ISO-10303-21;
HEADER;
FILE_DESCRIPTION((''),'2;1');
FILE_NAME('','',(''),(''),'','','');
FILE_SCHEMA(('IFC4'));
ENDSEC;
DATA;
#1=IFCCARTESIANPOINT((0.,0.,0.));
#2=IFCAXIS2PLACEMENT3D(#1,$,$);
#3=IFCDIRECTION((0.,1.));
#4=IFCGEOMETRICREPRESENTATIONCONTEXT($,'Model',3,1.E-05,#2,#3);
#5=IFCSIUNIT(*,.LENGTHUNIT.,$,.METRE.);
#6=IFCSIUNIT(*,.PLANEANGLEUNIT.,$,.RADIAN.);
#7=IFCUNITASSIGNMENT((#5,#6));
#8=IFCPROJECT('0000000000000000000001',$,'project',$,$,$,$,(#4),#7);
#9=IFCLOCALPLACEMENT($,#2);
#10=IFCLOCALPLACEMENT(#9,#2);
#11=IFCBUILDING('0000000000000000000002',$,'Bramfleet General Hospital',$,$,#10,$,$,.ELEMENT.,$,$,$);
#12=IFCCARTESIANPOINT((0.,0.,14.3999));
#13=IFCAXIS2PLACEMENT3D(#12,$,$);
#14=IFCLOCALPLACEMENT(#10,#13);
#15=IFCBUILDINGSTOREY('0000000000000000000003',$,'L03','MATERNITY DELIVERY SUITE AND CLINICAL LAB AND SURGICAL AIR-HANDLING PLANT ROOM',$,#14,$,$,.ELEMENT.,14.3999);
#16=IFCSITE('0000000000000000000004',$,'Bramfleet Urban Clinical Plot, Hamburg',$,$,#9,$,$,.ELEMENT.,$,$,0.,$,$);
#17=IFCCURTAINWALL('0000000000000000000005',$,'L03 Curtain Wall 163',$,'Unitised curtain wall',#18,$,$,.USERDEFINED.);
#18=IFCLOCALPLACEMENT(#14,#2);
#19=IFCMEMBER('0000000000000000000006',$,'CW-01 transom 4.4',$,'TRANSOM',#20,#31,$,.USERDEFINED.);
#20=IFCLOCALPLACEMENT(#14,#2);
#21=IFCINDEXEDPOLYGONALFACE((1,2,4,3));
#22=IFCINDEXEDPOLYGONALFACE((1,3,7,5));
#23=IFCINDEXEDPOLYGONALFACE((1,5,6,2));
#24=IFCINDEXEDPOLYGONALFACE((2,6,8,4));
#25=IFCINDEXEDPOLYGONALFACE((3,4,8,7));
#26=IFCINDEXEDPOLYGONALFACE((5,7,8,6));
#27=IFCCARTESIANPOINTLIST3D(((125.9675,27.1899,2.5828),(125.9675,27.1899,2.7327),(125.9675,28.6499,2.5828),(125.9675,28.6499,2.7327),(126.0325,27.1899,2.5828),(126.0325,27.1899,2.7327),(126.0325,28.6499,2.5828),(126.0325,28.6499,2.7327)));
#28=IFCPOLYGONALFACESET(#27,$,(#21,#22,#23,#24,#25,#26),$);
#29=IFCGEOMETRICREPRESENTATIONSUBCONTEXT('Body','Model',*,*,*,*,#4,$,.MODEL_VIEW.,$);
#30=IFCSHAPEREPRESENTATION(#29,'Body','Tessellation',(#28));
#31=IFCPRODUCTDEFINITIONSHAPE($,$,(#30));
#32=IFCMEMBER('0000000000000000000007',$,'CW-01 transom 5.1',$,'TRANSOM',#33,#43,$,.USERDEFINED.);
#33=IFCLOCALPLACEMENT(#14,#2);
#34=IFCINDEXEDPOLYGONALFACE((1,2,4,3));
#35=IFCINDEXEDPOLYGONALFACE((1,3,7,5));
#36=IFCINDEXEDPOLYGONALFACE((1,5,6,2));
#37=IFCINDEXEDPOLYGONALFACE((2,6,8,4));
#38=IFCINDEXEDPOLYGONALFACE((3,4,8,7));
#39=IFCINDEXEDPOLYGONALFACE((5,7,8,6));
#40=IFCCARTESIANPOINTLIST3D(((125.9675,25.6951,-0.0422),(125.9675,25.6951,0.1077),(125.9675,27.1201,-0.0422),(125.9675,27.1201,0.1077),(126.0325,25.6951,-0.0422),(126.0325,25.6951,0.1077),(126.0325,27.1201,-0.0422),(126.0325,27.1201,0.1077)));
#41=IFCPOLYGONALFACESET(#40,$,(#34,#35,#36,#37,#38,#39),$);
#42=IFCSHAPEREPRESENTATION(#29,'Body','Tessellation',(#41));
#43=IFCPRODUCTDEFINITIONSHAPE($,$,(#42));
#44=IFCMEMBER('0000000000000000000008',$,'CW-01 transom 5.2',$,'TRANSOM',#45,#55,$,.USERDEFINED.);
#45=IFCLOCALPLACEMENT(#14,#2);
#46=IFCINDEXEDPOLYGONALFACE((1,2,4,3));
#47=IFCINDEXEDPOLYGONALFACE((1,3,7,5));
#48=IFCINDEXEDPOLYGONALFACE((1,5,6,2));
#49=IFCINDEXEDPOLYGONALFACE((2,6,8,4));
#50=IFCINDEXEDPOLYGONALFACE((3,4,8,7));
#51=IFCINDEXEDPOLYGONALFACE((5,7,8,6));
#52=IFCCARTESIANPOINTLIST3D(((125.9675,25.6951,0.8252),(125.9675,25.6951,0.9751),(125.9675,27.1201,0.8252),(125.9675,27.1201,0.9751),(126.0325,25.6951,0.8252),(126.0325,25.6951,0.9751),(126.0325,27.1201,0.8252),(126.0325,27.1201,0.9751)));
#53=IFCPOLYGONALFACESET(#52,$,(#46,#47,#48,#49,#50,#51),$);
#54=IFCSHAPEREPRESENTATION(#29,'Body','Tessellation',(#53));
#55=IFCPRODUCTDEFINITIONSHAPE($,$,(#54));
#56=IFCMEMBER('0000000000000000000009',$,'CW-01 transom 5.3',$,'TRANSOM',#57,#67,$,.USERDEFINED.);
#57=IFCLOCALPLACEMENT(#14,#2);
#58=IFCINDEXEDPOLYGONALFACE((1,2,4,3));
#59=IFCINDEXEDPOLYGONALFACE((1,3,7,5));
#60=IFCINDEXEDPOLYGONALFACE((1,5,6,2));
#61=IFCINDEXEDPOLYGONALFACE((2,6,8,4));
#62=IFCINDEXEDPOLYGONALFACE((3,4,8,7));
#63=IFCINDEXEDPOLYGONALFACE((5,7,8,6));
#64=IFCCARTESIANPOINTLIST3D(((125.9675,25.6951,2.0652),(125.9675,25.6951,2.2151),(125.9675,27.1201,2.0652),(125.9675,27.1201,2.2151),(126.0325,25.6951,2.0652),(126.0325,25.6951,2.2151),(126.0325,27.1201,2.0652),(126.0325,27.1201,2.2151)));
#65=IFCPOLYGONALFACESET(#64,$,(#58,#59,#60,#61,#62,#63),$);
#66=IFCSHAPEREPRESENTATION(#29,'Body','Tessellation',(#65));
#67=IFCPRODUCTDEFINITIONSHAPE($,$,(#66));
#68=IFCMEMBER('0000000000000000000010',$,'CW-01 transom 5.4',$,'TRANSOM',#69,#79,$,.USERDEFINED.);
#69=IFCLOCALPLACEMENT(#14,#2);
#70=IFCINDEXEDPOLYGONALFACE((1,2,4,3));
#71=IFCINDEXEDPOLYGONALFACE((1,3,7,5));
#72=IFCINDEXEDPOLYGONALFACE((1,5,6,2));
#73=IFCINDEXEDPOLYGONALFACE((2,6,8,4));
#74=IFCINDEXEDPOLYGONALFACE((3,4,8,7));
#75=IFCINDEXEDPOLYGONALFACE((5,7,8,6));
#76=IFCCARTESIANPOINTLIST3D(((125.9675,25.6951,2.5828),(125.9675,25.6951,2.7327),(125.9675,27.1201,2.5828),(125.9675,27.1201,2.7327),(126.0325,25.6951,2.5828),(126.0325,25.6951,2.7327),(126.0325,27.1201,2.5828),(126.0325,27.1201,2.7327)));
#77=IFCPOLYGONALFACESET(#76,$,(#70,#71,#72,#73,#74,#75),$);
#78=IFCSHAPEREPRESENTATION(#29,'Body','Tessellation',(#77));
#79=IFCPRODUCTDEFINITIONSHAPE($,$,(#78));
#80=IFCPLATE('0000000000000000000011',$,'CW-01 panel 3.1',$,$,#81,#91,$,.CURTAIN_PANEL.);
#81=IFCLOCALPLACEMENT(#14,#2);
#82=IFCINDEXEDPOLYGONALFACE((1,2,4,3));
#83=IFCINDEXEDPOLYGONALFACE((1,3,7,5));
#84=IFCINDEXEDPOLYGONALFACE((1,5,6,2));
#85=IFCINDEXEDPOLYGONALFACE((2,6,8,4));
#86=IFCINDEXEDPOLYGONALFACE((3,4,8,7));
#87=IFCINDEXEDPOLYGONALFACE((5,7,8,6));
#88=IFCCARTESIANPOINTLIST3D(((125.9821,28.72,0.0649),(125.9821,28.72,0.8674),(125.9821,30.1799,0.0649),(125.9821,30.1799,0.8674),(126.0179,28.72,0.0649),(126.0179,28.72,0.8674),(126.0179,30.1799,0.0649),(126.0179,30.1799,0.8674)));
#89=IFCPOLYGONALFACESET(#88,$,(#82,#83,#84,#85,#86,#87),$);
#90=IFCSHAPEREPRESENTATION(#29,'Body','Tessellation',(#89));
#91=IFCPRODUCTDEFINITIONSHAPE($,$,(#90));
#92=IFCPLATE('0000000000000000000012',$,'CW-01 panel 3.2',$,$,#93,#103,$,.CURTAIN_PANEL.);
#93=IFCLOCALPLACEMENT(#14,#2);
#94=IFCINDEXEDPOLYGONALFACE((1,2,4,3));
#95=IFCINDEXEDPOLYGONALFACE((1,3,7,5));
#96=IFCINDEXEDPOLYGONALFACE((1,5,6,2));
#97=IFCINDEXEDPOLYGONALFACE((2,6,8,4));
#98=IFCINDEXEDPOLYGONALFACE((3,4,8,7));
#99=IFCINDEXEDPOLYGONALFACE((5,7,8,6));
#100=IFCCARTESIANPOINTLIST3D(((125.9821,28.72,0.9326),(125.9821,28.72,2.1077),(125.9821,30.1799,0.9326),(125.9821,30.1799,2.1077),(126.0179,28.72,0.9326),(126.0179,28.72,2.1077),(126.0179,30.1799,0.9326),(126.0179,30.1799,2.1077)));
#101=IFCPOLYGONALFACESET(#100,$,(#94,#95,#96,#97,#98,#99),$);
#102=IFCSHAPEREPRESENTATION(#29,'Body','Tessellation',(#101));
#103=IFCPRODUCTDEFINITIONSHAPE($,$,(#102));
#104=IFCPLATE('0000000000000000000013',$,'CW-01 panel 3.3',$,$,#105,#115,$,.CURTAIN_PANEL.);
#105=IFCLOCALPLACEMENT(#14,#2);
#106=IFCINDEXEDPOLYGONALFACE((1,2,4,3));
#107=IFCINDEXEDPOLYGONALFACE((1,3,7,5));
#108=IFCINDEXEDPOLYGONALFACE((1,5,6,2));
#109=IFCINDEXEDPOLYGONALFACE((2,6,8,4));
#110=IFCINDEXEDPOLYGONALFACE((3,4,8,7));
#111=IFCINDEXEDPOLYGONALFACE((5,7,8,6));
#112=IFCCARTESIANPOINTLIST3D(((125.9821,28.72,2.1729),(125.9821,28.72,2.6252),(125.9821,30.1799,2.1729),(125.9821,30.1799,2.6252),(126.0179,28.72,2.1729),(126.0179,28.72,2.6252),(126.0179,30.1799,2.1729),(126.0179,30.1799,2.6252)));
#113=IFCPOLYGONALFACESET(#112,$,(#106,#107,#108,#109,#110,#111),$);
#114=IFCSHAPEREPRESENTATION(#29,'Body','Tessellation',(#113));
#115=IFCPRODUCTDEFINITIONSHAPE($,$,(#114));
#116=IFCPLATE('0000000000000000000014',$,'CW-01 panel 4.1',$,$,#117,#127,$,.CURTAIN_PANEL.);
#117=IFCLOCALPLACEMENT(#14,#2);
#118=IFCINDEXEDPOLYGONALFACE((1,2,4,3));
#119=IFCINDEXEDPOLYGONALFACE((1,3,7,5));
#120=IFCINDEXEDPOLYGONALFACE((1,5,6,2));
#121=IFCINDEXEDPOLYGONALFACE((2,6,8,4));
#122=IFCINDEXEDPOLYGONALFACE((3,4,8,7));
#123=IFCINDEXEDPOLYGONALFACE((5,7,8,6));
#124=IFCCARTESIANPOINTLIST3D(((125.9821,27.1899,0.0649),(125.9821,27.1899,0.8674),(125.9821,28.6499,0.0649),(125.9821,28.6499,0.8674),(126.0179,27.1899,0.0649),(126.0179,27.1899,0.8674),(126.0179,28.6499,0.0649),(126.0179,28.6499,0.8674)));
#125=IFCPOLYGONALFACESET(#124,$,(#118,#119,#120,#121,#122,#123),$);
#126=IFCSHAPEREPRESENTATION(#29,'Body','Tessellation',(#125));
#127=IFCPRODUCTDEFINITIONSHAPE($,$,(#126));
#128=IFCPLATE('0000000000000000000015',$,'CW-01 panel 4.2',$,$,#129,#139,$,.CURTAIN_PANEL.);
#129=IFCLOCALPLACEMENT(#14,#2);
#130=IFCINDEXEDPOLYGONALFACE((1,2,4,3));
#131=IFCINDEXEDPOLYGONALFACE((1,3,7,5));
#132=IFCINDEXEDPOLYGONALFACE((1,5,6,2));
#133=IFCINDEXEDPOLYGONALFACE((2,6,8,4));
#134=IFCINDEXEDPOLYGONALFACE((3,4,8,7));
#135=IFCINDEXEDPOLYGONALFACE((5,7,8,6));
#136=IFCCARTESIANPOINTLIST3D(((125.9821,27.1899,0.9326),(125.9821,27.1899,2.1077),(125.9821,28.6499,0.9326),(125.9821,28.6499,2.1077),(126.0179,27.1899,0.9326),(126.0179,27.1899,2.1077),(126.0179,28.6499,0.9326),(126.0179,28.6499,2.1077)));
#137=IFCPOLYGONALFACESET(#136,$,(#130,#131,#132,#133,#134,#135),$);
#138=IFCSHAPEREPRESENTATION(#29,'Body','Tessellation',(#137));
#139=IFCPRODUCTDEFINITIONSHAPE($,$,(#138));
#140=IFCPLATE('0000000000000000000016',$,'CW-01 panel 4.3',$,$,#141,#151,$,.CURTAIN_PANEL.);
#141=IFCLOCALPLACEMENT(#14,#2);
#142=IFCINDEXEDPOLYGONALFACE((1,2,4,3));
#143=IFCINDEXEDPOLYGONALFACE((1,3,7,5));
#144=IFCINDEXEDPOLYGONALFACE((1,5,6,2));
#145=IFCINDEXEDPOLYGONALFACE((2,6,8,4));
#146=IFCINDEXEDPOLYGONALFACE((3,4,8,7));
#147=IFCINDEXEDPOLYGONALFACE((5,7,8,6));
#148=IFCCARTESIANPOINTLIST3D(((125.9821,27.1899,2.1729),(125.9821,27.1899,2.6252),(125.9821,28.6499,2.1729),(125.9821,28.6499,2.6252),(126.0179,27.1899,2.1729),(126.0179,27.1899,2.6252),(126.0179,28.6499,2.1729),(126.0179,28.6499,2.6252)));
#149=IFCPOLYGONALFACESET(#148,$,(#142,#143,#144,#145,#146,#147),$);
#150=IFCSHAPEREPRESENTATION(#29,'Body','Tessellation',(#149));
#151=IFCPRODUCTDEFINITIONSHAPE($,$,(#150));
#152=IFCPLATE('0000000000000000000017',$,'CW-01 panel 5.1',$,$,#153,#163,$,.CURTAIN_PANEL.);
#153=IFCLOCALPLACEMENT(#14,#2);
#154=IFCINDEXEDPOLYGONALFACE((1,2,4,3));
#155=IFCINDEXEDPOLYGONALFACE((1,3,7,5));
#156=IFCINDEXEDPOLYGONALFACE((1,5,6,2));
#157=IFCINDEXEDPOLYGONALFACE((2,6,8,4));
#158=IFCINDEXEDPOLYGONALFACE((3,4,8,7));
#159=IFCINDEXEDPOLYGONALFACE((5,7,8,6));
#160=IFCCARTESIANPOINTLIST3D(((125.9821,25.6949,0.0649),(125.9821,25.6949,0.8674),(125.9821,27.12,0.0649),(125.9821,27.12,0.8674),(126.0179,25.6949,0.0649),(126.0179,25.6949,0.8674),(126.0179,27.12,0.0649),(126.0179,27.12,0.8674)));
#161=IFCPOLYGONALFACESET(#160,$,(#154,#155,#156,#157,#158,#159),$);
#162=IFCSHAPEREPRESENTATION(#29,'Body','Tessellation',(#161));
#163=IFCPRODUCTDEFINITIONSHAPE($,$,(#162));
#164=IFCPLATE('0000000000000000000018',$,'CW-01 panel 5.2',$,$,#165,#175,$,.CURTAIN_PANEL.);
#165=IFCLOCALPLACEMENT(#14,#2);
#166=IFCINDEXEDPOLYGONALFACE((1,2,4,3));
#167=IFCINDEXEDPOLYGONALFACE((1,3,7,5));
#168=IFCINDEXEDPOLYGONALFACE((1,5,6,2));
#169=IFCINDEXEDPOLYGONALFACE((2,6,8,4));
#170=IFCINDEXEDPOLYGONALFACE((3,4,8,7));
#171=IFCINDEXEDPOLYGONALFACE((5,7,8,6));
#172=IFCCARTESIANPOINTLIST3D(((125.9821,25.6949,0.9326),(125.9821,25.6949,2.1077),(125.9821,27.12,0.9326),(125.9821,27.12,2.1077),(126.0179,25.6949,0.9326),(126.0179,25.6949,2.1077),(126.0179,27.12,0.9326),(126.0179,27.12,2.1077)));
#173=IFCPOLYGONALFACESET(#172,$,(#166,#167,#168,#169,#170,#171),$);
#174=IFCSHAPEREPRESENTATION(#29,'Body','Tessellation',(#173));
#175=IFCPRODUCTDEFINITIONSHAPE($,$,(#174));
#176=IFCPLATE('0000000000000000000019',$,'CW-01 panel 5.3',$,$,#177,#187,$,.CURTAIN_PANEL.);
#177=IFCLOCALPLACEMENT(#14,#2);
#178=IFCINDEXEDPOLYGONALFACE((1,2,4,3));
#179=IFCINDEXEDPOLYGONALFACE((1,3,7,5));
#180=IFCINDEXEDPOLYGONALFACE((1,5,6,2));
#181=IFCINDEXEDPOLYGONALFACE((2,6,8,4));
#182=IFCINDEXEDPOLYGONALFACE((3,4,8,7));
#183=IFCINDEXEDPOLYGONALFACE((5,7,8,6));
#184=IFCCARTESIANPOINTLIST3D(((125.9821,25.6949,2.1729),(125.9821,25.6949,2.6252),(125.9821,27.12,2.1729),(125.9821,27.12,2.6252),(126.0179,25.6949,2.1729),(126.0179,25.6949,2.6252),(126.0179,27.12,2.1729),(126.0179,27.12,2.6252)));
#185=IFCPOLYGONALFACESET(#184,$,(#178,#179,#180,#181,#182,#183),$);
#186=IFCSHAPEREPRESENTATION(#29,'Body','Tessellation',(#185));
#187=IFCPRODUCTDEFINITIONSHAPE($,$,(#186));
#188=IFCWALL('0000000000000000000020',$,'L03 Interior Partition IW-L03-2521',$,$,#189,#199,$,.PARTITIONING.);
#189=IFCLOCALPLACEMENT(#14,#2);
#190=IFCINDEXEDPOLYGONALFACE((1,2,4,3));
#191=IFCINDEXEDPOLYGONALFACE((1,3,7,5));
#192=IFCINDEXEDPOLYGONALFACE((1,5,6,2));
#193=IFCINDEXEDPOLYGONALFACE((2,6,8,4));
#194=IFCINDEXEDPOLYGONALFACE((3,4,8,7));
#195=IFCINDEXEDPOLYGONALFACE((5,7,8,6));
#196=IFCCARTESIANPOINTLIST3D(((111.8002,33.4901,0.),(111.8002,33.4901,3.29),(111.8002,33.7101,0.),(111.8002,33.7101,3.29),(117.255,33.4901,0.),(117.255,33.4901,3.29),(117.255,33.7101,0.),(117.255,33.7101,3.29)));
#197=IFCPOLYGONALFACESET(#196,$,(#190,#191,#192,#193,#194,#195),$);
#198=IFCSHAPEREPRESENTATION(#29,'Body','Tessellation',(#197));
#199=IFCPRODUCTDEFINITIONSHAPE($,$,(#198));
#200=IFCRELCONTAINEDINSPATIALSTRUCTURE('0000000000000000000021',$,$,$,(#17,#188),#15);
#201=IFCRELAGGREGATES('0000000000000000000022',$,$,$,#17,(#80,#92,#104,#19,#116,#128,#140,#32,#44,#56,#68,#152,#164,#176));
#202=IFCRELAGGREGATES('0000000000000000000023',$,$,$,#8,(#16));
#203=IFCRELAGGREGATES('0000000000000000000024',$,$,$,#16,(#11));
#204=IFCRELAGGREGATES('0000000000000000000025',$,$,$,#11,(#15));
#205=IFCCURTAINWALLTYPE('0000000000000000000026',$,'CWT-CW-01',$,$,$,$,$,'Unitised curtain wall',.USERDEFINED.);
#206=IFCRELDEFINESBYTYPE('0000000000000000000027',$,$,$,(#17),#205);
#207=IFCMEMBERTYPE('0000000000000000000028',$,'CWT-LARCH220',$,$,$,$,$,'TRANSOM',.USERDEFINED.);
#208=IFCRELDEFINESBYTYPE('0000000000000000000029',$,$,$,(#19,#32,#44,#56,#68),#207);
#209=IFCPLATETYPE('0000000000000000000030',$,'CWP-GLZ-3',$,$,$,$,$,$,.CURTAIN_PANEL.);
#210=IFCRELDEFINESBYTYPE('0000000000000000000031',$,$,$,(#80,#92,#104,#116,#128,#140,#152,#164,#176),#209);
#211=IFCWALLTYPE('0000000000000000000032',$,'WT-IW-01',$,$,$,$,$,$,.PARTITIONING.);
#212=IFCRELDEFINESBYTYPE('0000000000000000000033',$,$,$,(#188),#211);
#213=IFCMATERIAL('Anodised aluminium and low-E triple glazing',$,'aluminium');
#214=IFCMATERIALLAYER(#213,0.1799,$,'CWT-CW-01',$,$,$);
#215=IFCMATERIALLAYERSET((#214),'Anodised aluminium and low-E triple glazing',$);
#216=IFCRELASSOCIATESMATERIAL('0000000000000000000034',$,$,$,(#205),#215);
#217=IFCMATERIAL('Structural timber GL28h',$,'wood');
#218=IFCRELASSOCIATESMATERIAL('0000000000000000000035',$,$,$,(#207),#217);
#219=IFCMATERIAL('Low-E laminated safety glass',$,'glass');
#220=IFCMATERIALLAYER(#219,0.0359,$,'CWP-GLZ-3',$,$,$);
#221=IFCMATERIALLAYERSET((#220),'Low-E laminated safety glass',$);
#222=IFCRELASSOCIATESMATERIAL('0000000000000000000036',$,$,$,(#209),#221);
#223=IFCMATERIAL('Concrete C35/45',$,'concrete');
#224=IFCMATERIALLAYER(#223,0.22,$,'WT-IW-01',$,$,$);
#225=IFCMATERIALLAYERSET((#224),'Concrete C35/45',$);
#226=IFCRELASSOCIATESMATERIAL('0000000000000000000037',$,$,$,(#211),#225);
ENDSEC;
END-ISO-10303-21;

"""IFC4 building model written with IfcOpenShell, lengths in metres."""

from ifc_helpers import new_model, si_unit, direction, frame, frame_2d, origin, origin_2d, place, context, subcontext, project, spatial, rectangle, extrude, material, layer, layer_set, material_profile, profile_set, type_object, element, aggregate, save


model = new_model("IFC4")

# Units and contexts
model_context = context("Model", 3, precision=1e-05, world=origin(), true_north=direction((0.0, 1.0)))
body_context = subcontext(model_context, "Body", "Model", "MODEL_VIEW")
ifc_project = project(units=[si_unit("LENGTHUNIT", "METRE"), si_unit("PLANEANGLEUNIT", "RADIAN")], contexts=[model_context])

# Site, building, storey
site_placement = place(None, origin())
site = spatial("IfcSite", under=ifc_project, at=site_placement, Name="Bramfleet Urban Clinical Plot, Hamburg", CompositionType="ELEMENT", RefElevation=0.0)
building_placement = place(site_placement, origin())
building = spatial("IfcBuilding", under=site, at=building_placement, Name="Bramfleet General Hospital", CompositionType="ELEMENT")
storey_placement = place(building_placement, frame((0.0, 0.0, 14.3999)))
storey = spatial("IfcBuildingStorey", under=building, at=storey_placement, Name="L03", Description="MATERNITY DELIVERY SUITE AND CLINICAL LAB AND SURGICAL AIR-HANDLING PLANT ROOM", CompositionType="ELEMENT", Elevation=14.3999)

# Shared definitions
ifc_material_1 = material(Name="Concrete C35/45", Category="concrete")

# Curtain wall, members, plates
ifc_material_2 = material(Name="Anodised aluminium and low-E triple glazing", Category="aluminium")
ifc_layer_1 = layer(ifc_material_2, 0.1799, Name="CWT-CW-01")
ifc_layer_set_1 = layer_set([ifc_layer_1], Name="Anodised aluminium and low-E triple glazing")
curtain_wall_type = type_object("IfcCurtainWallType", Name="CWT-CW-01", ElementType="Unitised curtain wall", PredefinedType="USERDEFINED", material=ifc_layer_set_1)
curtain_wall_placement = place(storey_placement, origin())
curtain_wall = element("IfcCurtainWall", 1, at=curtain_wall_placement, inside=storey, type_object=curtain_wall_type, Name="L03 Curtain Wall 163", ObjectType="Unitised curtain wall", PredefinedType="USERDEFINED")
ifc_material_3 = material(Name="Structural timber GL28h", Category="wood")
ifc_material_profile_1 = material_profile(ifc_material_3, rectangle(XDim=0.0649, YDim=0.1499, at=origin_2d()), Name="LARCH 150x65")
ifc_profile_set_1 = profile_set([ifc_material_profile_1], Name="Structural timber GL28h")
member_type_1 = type_object("IfcMemberType", Name="CWT-LARCH220", ElementType="TRANSOM", PredefinedType="USERDEFINED", material=ifc_profile_set_1)
member_1_placement = place(storey_placement, frame((126.0, 28.6499, 2.6577), z_axis=(0.0, -1.0, 0.0), x_axis=(1.0, 0.0, 0.0)))
member_1 = element("IfcMember", 2, at=member_1_placement, type_object=member_type_1, Name="CW-01 transom 4.4", ObjectType="TRANSOM", PredefinedType="USERDEFINED", context=body_context, shape_type="SweptSolid", body=[
    extrude(rectangle(XDim=0.0649, YDim=0.1499, at=origin_2d()), origin(), (0.0, 0.0, 1.0), 1.46),
])
member_2_placement = place(storey_placement, frame((126.0, 27.1201, 0.0327), z_axis=(0.0, -1.0, 0.0), x_axis=(1.0, 0.0, 0.0)))
member_2 = element("IfcMember", 3, at=member_2_placement, type_object=member_type_1, Name="CW-01 transom 5.1", ObjectType="TRANSOM", PredefinedType="USERDEFINED", context=body_context, shape_type="SweptSolid", body=[
    extrude(rectangle(XDim=0.0649, YDim=0.1499, at=origin_2d()), origin(), (0.0, 0.0, 1.0), 1.425),
])
member_3_placement = place(storey_placement, frame((126.0, 27.1201, 0.9001), z_axis=(0.0, -1.0, 0.0), x_axis=(1.0, 0.0, 0.0)))
member_3 = element("IfcMember", 4, at=member_3_placement, type_object=member_type_1, Name="CW-01 transom 5.2", ObjectType="TRANSOM", PredefinedType="USERDEFINED", context=body_context, shape_type="SweptSolid", body=[
    extrude(rectangle(XDim=0.0649, YDim=0.1499, at=origin_2d()), origin(), (0.0, 0.0, 1.0), 1.425),
])
member_4_placement = place(storey_placement, frame((126.0, 27.1201, 2.1401), z_axis=(0.0, -1.0, 0.0), x_axis=(1.0, 0.0, 0.0)))
member_4 = element("IfcMember", 5, at=member_4_placement, type_object=member_type_1, Name="CW-01 transom 5.3", ObjectType="TRANSOM", PredefinedType="USERDEFINED", context=body_context, shape_type="SweptSolid", body=[
    extrude(rectangle(XDim=0.0649, YDim=0.1499, at=origin_2d()), origin(), (0.0, 0.0, 1.0), 1.425),
])
member_5_placement = place(storey_placement, frame((126.0, 27.1201, 2.6577), z_axis=(0.0, -1.0, 0.0), x_axis=(1.0, 0.0, 0.0)))
member_5 = element("IfcMember", 6, at=member_5_placement, type_object=member_type_1, Name="CW-01 transom 5.4", ObjectType="TRANSOM", PredefinedType="USERDEFINED", context=body_context, shape_type="SweptSolid", body=[
    extrude(rectangle(XDim=0.0649, YDim=0.1499, at=origin_2d()), origin(), (0.0, 0.0, 1.0), 1.425),
])
ifc_material_4 = material(Name="Low-E laminated safety glass", Category="glass")
ifc_layer_2 = layer(ifc_material_4, 0.0359, Name="CWP-GLZ-3")
ifc_layer_set_2 = layer_set([ifc_layer_2], Name="Low-E laminated safety glass")
plate_type = type_object("IfcPlateType", Name="CWP-GLZ-3", PredefinedType="CURTAIN_PANEL", material=ifc_layer_set_2)
plate_1_placement = place(storey_placement, frame((126.0, 29.45, 0.0649), z_axis=(0.0, 0.0, 1.0), x_axis=(0.0, -1.0, 0.0)))
plate_1 = element("IfcPlate", 7, at=plate_1_placement, type_object=plate_type, Name="CW-01 panel 3.1", PredefinedType="CURTAIN_PANEL", context=body_context, shape_type="SweptSolid", body=[
    extrude(rectangle(XDim=1.46, YDim=0.0359, at=origin_2d()), origin(), (0.0, 0.0, 1.0), 0.8025),
])
plate_2_placement = place(storey_placement, frame((126.0, 29.45, 0.9326), z_axis=(0.0, 0.0, 1.0), x_axis=(0.0, -1.0, 0.0)))
plate_2 = element("IfcPlate", 8, at=plate_2_placement, type_object=plate_type, Name="CW-01 panel 3.2", PredefinedType="CURTAIN_PANEL", context=body_context, shape_type="SweptSolid", body=[
    extrude(rectangle(XDim=1.46, YDim=0.0359, at=origin_2d()), origin(), (0.0, 0.0, 1.0), 1.175),
])
plate_3_placement = place(storey_placement, frame((126.0, 29.45, 2.1729), z_axis=(0.0, 0.0, 1.0), x_axis=(0.0, -1.0, 0.0)))
plate_3 = element("IfcPlate", 9, at=plate_3_placement, type_object=plate_type, Name="CW-01 panel 3.3", PredefinedType="CURTAIN_PANEL", context=body_context, shape_type="SweptSolid", body=[
    extrude(rectangle(XDim=1.46, YDim=0.0359, at=origin_2d()), origin(), (0.0, 0.0, 1.0), 0.4524),
])
plate_4_placement = place(storey_placement, frame((126.0, 27.9199, 0.0649), z_axis=(0.0, 0.0, 1.0), x_axis=(0.0, -1.0, 0.0)))
plate_4 = element("IfcPlate", 10, at=plate_4_placement, type_object=plate_type, Name="CW-01 panel 4.1", PredefinedType="CURTAIN_PANEL", context=body_context, shape_type="SweptSolid", body=[
    extrude(rectangle(XDim=1.46, YDim=0.0359, at=origin_2d()), origin(), (0.0, 0.0, 1.0), 0.8025),
])
plate_5_placement = place(storey_placement, frame((126.0, 27.9199, 0.9326), z_axis=(0.0, 0.0, 1.0), x_axis=(0.0, -1.0, 0.0)))
plate_5 = element("IfcPlate", 11, at=plate_5_placement, type_object=plate_type, Name="CW-01 panel 4.2", PredefinedType="CURTAIN_PANEL", context=body_context, shape_type="SweptSolid", body=[
    extrude(rectangle(XDim=1.46, YDim=0.0359, at=origin_2d()), origin(), (0.0, 0.0, 1.0), 1.175),
])
plate_6_placement = place(storey_placement, frame((126.0, 27.9199, 2.1729), z_axis=(0.0, 0.0, 1.0), x_axis=(0.0, -1.0, 0.0)))
plate_6 = element("IfcPlate", 12, at=plate_6_placement, type_object=plate_type, Name="CW-01 panel 4.3", PredefinedType="CURTAIN_PANEL", context=body_context, shape_type="SweptSolid", body=[
    extrude(rectangle(XDim=1.46, YDim=0.0359, at=origin_2d()), origin(), (0.0, 0.0, 1.0), 0.4524),
])
plate_7_placement = place(storey_placement, frame((126.0, 26.4075, 0.0649), z_axis=(0.0, 0.0, 1.0), x_axis=(0.0, -1.0, 0.0)))
plate_7 = element("IfcPlate", 13, at=plate_7_placement, type_object=plate_type, Name="CW-01 panel 5.1", PredefinedType="CURTAIN_PANEL", context=body_context, shape_type="SweptSolid", body=[
    extrude(rectangle(XDim=1.425, YDim=0.0359, at=origin_2d()), origin(), (0.0, 0.0, 1.0), 0.8025),
])
plate_8_placement = place(storey_placement, frame((126.0, 26.4075, 0.9326), z_axis=(0.0, 0.0, 1.0), x_axis=(0.0, -1.0, 0.0)))
plate_8 = element("IfcPlate", 14, at=plate_8_placement, type_object=plate_type, Name="CW-01 panel 5.2", PredefinedType="CURTAIN_PANEL", context=body_context, shape_type="SweptSolid", body=[
    extrude(rectangle(XDim=1.425, YDim=0.0359, at=origin_2d()), origin(), (0.0, 0.0, 1.0), 1.175),
])
plate_9_placement = place(storey_placement, frame((126.0, 26.4075, 2.1729), z_axis=(0.0, 0.0, 1.0), x_axis=(0.0, -1.0, 0.0)))
plate_9 = element("IfcPlate", 15, at=plate_9_placement, type_object=plate_type, Name="CW-01 panel 5.3", PredefinedType="CURTAIN_PANEL", context=body_context, shape_type="SweptSolid", body=[
    extrude(rectangle(XDim=1.425, YDim=0.0359, at=origin_2d()), origin(), (0.0, 0.0, 1.0), 0.4524),
])
aggregate(curtain_wall, [plate_1, plate_2, plate_3, member_1, plate_4, plate_5, plate_6, member_2, member_3, member_4, member_5, plate_7, plate_8, plate_9])

# Wall
ifc_layer_3 = layer(ifc_material_1, 0.22, Name="WT-IW-01")
ifc_layer_set_3 = layer_set([ifc_layer_3], Name="Concrete C35/45")
wall_type_1 = type_object("IfcWallType", Name="WT-IW-01", PredefinedType="PARTITIONING", material=ifc_layer_set_3)
wall_1_placement = place(storey_placement, frame((111.8, 33.6001, 0.0), z_axis=(0.0, 0.0, 1.0), x_axis=(1.0, 0.0, 0.0)))
element("IfcWall", 16, at=wall_1_placement, inside=storey, type_object=wall_type_1, Name="L03 Interior Partition IW-L03-2521", PredefinedType="PARTITIONING", context=body_context, shape_type="SweptSolid", body=[
    extrude(rectangle(XDim=5.4548, YDim=0.22, at=frame_2d((2.7275, 0.0))), origin(), (0.0, 0.0, 1.0), 3.29),
])

save(model, "model.ifc")
